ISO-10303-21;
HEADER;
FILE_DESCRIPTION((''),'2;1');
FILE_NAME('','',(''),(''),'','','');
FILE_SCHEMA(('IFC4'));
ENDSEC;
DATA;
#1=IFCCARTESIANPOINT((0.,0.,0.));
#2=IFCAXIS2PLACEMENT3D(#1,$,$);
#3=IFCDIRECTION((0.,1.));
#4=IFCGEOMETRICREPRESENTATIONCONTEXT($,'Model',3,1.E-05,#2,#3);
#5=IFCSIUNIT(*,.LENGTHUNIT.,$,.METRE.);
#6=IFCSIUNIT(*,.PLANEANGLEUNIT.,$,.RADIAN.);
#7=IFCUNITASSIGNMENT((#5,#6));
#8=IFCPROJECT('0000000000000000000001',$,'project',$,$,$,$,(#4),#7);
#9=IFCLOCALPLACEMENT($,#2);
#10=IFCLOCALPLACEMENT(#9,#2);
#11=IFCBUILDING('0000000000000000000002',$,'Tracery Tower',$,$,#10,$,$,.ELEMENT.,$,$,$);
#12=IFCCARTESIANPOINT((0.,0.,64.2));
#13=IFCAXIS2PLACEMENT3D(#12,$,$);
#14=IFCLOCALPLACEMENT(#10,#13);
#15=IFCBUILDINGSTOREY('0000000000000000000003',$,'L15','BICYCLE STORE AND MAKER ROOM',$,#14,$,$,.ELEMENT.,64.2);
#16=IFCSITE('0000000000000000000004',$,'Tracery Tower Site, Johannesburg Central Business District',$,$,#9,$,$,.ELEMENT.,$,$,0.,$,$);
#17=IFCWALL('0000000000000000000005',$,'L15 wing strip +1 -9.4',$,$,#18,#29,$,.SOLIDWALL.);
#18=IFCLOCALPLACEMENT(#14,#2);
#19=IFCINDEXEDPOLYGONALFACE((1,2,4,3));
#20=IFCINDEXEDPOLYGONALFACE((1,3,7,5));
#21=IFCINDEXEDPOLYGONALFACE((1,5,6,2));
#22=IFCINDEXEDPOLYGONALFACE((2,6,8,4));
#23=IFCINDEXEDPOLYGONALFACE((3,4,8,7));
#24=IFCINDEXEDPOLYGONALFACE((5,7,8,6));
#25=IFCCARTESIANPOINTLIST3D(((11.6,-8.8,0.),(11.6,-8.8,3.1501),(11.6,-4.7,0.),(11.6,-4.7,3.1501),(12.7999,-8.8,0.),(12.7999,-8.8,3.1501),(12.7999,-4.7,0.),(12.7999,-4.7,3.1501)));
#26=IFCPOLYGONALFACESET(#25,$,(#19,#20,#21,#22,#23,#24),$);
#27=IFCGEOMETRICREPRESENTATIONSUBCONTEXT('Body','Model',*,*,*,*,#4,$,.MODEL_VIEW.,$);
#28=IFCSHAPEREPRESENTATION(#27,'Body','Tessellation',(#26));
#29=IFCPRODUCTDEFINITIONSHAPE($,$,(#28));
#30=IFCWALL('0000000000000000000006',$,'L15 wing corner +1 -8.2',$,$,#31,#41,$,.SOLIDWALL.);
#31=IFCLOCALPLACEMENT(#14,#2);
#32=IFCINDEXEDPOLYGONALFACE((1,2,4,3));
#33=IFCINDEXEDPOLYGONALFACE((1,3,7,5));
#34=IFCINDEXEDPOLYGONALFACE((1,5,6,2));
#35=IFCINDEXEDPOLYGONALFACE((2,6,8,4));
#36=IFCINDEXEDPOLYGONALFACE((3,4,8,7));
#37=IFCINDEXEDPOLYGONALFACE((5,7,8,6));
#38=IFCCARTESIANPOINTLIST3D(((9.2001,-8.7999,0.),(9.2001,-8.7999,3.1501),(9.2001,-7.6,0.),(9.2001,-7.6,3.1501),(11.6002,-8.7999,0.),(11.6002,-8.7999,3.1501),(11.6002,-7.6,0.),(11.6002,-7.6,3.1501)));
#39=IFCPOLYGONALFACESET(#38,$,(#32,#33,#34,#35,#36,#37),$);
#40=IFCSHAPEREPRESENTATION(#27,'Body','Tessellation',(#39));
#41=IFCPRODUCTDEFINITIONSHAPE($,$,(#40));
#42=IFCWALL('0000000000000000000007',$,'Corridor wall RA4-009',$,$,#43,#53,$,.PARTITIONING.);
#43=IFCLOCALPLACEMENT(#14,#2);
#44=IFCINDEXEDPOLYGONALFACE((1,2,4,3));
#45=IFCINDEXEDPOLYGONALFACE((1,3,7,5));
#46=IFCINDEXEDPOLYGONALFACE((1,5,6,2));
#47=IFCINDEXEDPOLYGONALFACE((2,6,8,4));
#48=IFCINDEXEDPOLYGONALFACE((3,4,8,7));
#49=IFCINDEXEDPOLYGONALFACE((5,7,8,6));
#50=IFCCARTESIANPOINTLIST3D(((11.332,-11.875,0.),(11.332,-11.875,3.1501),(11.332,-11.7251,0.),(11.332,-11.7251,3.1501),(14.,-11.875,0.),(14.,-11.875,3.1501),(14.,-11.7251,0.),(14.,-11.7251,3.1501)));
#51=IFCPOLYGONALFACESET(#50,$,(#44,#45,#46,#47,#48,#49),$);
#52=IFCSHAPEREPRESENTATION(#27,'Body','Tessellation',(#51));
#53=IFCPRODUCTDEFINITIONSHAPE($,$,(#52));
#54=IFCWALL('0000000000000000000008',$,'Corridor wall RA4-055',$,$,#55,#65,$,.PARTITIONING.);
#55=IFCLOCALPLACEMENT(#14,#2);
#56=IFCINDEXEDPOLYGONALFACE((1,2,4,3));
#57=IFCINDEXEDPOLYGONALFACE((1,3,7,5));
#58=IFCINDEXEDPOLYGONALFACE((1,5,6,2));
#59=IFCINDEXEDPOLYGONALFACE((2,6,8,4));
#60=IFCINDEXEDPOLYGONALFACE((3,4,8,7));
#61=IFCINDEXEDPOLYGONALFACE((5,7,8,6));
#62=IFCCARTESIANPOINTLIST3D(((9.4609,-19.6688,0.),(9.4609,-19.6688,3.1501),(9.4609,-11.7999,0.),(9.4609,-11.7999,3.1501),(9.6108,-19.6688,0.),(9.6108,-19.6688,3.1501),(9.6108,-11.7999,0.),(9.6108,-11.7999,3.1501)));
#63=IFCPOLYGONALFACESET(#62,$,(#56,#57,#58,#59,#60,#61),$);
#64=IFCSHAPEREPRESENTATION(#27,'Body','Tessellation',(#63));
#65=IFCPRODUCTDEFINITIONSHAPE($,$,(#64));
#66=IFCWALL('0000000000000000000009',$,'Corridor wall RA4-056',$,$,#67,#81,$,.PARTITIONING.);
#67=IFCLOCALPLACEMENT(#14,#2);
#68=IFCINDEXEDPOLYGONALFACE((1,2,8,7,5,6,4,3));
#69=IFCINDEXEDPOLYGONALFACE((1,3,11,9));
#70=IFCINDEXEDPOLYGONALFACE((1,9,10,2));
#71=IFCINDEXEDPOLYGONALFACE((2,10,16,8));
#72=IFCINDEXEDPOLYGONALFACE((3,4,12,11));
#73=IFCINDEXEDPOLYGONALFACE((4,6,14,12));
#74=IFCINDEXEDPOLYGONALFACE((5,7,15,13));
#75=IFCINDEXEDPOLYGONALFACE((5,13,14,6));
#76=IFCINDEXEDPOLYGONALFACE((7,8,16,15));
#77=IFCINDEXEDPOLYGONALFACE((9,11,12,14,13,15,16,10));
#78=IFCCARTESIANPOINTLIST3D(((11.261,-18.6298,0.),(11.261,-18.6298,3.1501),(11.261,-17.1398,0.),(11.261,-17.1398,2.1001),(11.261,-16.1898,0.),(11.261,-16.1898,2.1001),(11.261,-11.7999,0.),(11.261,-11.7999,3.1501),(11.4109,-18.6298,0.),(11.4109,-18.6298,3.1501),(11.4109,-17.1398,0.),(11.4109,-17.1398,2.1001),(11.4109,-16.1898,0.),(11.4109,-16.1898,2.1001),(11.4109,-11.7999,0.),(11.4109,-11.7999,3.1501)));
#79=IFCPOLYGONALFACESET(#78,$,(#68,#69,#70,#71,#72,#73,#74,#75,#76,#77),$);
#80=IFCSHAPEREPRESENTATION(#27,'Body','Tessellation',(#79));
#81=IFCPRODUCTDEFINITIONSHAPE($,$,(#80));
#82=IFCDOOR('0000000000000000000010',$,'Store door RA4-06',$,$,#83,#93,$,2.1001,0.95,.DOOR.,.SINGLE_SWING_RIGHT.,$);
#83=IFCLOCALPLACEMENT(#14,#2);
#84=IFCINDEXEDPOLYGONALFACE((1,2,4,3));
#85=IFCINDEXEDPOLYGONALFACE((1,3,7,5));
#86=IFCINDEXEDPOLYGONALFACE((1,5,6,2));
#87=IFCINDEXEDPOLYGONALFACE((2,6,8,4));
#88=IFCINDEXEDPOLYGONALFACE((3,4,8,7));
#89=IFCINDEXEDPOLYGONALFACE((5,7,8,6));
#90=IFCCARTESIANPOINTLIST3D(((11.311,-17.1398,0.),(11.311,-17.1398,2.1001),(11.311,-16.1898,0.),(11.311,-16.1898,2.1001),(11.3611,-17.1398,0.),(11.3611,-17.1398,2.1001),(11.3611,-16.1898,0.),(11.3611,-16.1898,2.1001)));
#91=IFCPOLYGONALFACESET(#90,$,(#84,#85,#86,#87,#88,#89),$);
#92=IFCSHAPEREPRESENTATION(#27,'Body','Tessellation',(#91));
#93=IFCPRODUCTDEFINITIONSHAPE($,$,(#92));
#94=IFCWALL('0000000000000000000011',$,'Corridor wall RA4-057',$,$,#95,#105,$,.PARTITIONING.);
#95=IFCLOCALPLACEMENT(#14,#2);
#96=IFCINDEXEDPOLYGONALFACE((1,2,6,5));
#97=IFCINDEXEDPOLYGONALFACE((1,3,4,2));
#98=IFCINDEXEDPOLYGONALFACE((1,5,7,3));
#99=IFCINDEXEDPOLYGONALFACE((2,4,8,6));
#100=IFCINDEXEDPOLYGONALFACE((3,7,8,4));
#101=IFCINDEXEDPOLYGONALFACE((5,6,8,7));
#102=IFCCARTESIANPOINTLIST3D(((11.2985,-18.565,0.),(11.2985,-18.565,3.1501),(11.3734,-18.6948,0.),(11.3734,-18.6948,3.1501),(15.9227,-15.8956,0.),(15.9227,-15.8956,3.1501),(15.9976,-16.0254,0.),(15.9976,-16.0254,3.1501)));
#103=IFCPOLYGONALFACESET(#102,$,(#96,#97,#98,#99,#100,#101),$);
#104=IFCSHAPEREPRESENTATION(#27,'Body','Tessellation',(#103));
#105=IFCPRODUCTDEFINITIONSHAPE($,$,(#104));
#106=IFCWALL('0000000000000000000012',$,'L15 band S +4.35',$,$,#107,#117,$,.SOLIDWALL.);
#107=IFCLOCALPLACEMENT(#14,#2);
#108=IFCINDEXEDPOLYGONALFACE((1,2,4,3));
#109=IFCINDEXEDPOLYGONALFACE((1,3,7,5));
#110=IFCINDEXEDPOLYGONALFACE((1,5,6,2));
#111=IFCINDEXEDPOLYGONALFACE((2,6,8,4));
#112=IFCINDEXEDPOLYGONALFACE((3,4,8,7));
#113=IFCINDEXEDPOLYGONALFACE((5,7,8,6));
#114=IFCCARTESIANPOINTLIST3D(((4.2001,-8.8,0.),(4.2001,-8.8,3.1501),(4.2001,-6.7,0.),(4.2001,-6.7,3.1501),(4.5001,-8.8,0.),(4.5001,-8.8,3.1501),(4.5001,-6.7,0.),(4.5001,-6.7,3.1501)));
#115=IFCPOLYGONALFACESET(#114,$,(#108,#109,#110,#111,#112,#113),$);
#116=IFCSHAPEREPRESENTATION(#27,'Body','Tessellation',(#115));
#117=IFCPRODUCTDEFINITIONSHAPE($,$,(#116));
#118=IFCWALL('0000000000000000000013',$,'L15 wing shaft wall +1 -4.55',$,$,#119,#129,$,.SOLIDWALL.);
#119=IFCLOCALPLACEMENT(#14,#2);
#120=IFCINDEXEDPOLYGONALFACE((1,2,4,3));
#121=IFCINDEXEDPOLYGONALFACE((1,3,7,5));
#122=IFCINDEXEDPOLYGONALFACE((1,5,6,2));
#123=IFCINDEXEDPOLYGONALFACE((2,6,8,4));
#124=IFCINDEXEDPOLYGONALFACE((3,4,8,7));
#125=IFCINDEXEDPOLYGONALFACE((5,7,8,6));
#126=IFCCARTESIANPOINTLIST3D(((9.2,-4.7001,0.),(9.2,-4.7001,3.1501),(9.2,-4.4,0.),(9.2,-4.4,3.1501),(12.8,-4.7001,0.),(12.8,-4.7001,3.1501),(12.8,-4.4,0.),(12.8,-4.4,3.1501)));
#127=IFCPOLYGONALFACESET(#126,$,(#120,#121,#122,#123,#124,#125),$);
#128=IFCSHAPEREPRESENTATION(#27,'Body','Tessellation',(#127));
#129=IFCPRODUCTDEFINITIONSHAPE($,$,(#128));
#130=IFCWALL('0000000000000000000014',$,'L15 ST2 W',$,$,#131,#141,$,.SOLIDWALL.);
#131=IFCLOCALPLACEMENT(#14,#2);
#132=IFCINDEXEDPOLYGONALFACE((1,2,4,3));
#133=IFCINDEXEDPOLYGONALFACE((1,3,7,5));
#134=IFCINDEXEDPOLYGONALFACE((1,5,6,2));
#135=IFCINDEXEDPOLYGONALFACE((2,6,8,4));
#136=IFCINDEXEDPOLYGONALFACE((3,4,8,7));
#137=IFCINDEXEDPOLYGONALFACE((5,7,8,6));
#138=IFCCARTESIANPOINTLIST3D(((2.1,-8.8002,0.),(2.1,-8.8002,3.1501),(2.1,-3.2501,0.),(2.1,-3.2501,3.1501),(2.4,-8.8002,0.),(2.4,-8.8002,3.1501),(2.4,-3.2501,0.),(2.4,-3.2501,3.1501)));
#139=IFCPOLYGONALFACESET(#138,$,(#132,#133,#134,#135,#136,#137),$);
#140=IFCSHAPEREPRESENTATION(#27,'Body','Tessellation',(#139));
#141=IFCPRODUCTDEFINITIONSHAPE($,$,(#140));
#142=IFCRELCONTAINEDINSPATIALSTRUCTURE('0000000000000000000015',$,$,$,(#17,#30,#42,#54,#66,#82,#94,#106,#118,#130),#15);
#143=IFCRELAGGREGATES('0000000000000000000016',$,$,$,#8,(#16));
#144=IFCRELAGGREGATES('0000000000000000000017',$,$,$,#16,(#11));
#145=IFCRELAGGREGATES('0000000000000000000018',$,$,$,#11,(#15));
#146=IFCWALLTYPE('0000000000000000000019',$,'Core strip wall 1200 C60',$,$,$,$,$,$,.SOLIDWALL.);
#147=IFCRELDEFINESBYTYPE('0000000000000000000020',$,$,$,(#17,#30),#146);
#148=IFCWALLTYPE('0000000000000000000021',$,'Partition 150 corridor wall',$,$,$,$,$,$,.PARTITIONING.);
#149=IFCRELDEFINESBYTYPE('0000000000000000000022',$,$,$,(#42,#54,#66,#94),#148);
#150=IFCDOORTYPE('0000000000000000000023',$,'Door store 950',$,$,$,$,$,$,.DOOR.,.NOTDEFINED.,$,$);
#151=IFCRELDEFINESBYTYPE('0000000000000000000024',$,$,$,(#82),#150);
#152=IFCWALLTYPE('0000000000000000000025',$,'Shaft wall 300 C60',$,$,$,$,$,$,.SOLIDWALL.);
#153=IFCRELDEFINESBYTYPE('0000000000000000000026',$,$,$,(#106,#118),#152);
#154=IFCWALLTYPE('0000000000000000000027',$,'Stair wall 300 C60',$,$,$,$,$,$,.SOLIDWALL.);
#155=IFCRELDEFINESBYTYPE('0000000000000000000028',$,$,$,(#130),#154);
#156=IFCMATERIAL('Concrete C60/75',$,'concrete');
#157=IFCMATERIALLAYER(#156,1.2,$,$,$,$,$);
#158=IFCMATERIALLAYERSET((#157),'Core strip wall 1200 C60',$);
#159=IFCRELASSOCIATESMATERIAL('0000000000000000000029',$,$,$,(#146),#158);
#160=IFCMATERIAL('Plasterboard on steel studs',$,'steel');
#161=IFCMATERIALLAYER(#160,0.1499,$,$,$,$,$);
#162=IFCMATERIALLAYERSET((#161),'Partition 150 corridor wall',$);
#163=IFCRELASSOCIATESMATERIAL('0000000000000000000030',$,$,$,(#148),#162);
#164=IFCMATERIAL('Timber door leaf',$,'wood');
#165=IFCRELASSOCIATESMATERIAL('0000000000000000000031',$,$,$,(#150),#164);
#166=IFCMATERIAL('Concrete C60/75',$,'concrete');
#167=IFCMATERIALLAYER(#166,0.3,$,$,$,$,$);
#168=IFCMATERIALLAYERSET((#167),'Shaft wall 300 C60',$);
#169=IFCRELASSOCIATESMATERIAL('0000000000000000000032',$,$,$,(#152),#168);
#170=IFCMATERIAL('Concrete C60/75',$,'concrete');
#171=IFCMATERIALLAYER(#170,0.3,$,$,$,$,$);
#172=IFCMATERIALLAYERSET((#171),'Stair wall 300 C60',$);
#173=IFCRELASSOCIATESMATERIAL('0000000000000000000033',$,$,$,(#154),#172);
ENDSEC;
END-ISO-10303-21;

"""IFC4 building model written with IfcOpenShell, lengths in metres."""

from ifc_helpers import new_model, si_unit, direction, frame, frame_2d, origin, place, context, subcontext, project, spatial, rectangle, extrude, material, layer, layer_set, type_object, element, fill, save


model = new_model("IFC4")

# Units and contexts
model_context = context("Model", 3, precision=1e-05, world=origin(), true_north=direction((0.0, 1.0)))
body_context = subcontext(model_context, "Body", "Model", "MODEL_VIEW")
ifc_project = project(units=[si_unit("LENGTHUNIT", "METRE"), si_unit("PLANEANGLEUNIT", "RADIAN")], contexts=[model_context])

# Site, building, storey
site_placement = place(None, origin())
site = spatial("IfcSite", under=ifc_project, at=site_placement, Name="Tracery Tower Site, Johannesburg Central Business District", CompositionType="ELEMENT", RefElevation=0.0)
building_placement = place(site_placement, origin())
building = spatial("IfcBuilding", under=site, at=building_placement, Name="Tracery Tower", CompositionType="ELEMENT")
storey_placement = place(building_placement, frame((0.0, 0.0, 64.2)))
storey = spatial("IfcBuildingStorey", under=building, at=storey_placement, Name="L15", Description="BICYCLE STORE AND MAKER ROOM", CompositionType="ELEMENT", Elevation=64.2)

# Walls
ifc_material_1 = material(Name="Concrete C60/75", Category="concrete")
ifc_layer_1 = layer(ifc_material_1, 1.2)
ifc_layer_set_1 = layer_set([ifc_layer_1], Name="Core strip wall 1200 C60")
wall_type_1 = type_object("IfcWallType", Name="Core strip wall 1200 C60", PredefinedType="SOLIDWALL", material=ifc_layer_set_1)
wall_1_placement = place(storey_placement, frame((12.2, -8.8, 0.0), z_axis=(0.0, 0.0, 1.0), x_axis=(0.0, 1.0, 0.0)))
element("IfcWall", 1, at=wall_1_placement, inside=storey, type_object=wall_type_1, Name="L15 wing strip +1 -9.4", PredefinedType="SOLIDWALL", context=body_context, shape_type="SweptSolid", body=[
    extrude(rectangle(XDim=4.1001, YDim=1.2, at=frame_2d((2.05, 0.0))), origin(), (0.0, 0.0, 1.0), 3.1501),
])
wall_2_placement = place(storey_placement, frame((9.2, -8.2, 0.0), z_axis=(0.0, 0.0, 1.0), x_axis=(1.0, 0.0, 0.0)))
element("IfcWall", 2, at=wall_2_placement, inside=storey, type_object=wall_type_1, Name="L15 wing corner +1 -8.2", PredefinedType="SOLIDWALL", context=body_context, shape_type="SweptSolid", body=[
    extrude(rectangle(XDim=2.4001, YDim=1.2, at=frame_2d((1.2002, 0.0))), origin(), (0.0, 0.0, 1.0), 3.1501),
])
ifc_material_2 = material(Name="Plasterboard on steel studs", Category="steel")
ifc_layer_2 = layer(ifc_material_2, 0.1499)
ifc_layer_set_2 = layer_set([ifc_layer_2], Name="Partition 150 corridor wall")
wall_type_2 = type_object("IfcWallType", Name="Partition 150 corridor wall", PredefinedType="PARTITIONING", material=ifc_layer_set_2)
wall_3_placement = place(storey_placement, frame((11.332, -11.8, 0.0), z_axis=(0.0, 0.0, 1.0), x_axis=(1.0, 0.0, 0.0)))
element("IfcWall", 3, at=wall_3_placement, inside=storey, type_object=wall_type_2, Name="Corridor wall RA4-009", PredefinedType="PARTITIONING", context=body_context, shape_type="SweptSolid", body=[
    extrude(rectangle(XDim=2.668, YDim=0.1499, at=frame_2d((1.334, 0.0))), origin(), (0.0, 0.0, 1.0), 3.1501),
])
wall_4_placement = place(storey_placement, frame((9.5359, -19.6689, 0.0), z_axis=(0.0, 0.0, 1.0), x_axis=(0.0, 1.0, 0.0)))
element("IfcWall", 4, at=wall_4_placement, inside=storey, type_object=wall_type_2, Name="Corridor wall RA4-055", PredefinedType="PARTITIONING", context=body_context, shape_type="SweptSolid", body=[
    extrude(rectangle(XDim=7.8689, YDim=0.1499, at=frame_2d((3.9346, 0.0))), origin(), (0.0, 0.0, 1.0), 3.1501),
])

# Wall, opening, door
wall_5_placement = place(storey_placement, frame((11.3359, -18.6299, 0.0), z_axis=(0.0, 0.0, 1.0), x_axis=(0.0, 1.0, 0.0)))
wall_5 = element("IfcWall", 5, at=wall_5_placement, inside=storey, type_object=wall_type_2, Name="Corridor wall RA4-056", PredefinedType="PARTITIONING", context=body_context, shape_type="SweptSolid", body=[
    extrude(rectangle(XDim=6.8298, YDim=0.1499, at=frame_2d((3.415, 0.0))), origin(), (0.0, 0.0, 1.0), 3.1501),
])
opening_1_placement = place(wall_5_placement, frame((1.49, 0.0, 0.0)))
opening_1 = element("IfcOpeningElement", 6, at=opening_1_placement, cuts=wall_5, PredefinedType="OPENING", context=body_context, shape_type="SweptSolid", body=[
    extrude(rectangle(XDim=0.95, YDim=2.1001, at=frame_2d((0.4751, 1.05))), frame((0.0, 0.075, 0.0), z_axis=(0.0, -1.0, 0.0), x_axis=(1.0, 0.0, 0.0)), (0.0, 0.0, 1.0), 0.1499),
])
ifc_material_3 = material(Name="Timber door leaf", Category="wood")
door_type_1 = type_object("IfcDoorType", Name="Door store 950", OperationType="NOTDEFINED", PredefinedType="DOOR", material=ifc_material_3)
door_1_placement = place(opening_1_placement, origin())
door_1 = element("IfcDoor", 7, at=door_1_placement, inside=storey, type_object=door_type_1, Name="Store door RA4-06", OperationType="SINGLE_SWING_RIGHT", OverallHeight=2.1001, OverallWidth=0.95, PredefinedType="DOOR", context=body_context, shape_type="SweptSolid", body=[
    extrude(rectangle(XDim=0.95, YDim=2.1001, at=frame_2d((0.4751, 1.05))), frame((0.0, 0.0249, 0.0), z_axis=(0.0, -1.0, 0.0), x_axis=(1.0, 0.0, 0.0)), (0.0, 0.0, 1.0), 0.05),
])
fill(opening_1, door_1)

# Walls
wall_6_placement = place(storey_placement, frame((11.3359, -18.6299, 0.0), z_axis=(0.0, 0.0, 1.0), x_axis=(0.866057, 0.499945, 0.0)))
element("IfcWall", 8, at=wall_6_placement, inside=storey, type_object=wall_type_2, Name="Corridor wall RA4-057", PredefinedType="PARTITIONING", context=body_context, shape_type="SweptSolid", body=[
    extrude(rectangle(XDim=5.3394, YDim=0.1499, at=frame_2d((2.6697, 0.0))), origin(), (0.0, 0.0, 1.0), 3.1501),
])
ifc_material_4 = material(Name="Concrete C60/75", Category="concrete")
ifc_layer_3 = layer(ifc_material_4, 0.3)
ifc_layer_set_3 = layer_set([ifc_layer_3], Name="Shaft wall 300 C60")
wall_type_3 = type_object("IfcWallType", Name="Shaft wall 300 C60", PredefinedType="SOLIDWALL", material=ifc_layer_set_3)
wall_7_placement = place(storey_placement, frame((4.3501, -8.8, 0.0), z_axis=(0.0, 0.0, 1.0), x_axis=(0.0, 1.0, 0.0)))
element("IfcWall", 9, at=wall_7_placement, inside=storey, type_object=wall_type_3, Name="L15 band S +4.35", PredefinedType="SOLIDWALL", context=body_context, shape_type="SweptSolid", body=[
    extrude(rectangle(XDim=2.1001, YDim=0.3, at=frame_2d((1.05, 0.0))), origin(), (0.0, 0.0, 1.0), 3.1501),
])
wall_8_placement = place(storey_placement, frame((9.2, -4.55, 0.0), z_axis=(0.0, 0.0, 1.0), x_axis=(1.0, 0.0, 0.0)))
element("IfcWall", 10, at=wall_8_placement, inside=storey, type_object=wall_type_3, Name="L15 wing shaft wall +1 -4.55", PredefinedType="SOLIDWALL", context=body_context, shape_type="SweptSolid", body=[
    extrude(rectangle(XDim=3.6001, YDim=0.3, at=frame_2d((1.8, 0.0))), origin(), (0.0, 0.0, 1.0), 3.1501),
])

# Shared definitions
ifc_material_5 = material(Name="Concrete C60/75", Category="concrete")
ifc_layer_4 = layer(ifc_material_5, 0.3)
ifc_layer_set_4 = layer_set([ifc_layer_4], Name="Stair wall 300 C60")
wall_type_4 = type_object("IfcWallType", Name="Stair wall 300 C60", PredefinedType="SOLIDWALL", material=ifc_layer_set_4)

# Wall
wall_9_placement = place(storey_placement, frame((2.25, -8.8, 0.0), z_axis=(0.0, 0.0, 1.0), x_axis=(0.0, 1.0, 0.0)))
element("IfcWall", 11, at=wall_9_placement, inside=storey, type_object=wall_type_4, Name="L15 ST2 W", PredefinedType="SOLIDWALL", context=body_context, shape_type="SweptSolid", body=[
    extrude(rectangle(XDim=5.55, YDim=0.3, at=frame_2d((2.7749, 0.0))), origin(), (0.0, 0.0, 1.0), 3.1501),
])

save(model, "model.ifc")
